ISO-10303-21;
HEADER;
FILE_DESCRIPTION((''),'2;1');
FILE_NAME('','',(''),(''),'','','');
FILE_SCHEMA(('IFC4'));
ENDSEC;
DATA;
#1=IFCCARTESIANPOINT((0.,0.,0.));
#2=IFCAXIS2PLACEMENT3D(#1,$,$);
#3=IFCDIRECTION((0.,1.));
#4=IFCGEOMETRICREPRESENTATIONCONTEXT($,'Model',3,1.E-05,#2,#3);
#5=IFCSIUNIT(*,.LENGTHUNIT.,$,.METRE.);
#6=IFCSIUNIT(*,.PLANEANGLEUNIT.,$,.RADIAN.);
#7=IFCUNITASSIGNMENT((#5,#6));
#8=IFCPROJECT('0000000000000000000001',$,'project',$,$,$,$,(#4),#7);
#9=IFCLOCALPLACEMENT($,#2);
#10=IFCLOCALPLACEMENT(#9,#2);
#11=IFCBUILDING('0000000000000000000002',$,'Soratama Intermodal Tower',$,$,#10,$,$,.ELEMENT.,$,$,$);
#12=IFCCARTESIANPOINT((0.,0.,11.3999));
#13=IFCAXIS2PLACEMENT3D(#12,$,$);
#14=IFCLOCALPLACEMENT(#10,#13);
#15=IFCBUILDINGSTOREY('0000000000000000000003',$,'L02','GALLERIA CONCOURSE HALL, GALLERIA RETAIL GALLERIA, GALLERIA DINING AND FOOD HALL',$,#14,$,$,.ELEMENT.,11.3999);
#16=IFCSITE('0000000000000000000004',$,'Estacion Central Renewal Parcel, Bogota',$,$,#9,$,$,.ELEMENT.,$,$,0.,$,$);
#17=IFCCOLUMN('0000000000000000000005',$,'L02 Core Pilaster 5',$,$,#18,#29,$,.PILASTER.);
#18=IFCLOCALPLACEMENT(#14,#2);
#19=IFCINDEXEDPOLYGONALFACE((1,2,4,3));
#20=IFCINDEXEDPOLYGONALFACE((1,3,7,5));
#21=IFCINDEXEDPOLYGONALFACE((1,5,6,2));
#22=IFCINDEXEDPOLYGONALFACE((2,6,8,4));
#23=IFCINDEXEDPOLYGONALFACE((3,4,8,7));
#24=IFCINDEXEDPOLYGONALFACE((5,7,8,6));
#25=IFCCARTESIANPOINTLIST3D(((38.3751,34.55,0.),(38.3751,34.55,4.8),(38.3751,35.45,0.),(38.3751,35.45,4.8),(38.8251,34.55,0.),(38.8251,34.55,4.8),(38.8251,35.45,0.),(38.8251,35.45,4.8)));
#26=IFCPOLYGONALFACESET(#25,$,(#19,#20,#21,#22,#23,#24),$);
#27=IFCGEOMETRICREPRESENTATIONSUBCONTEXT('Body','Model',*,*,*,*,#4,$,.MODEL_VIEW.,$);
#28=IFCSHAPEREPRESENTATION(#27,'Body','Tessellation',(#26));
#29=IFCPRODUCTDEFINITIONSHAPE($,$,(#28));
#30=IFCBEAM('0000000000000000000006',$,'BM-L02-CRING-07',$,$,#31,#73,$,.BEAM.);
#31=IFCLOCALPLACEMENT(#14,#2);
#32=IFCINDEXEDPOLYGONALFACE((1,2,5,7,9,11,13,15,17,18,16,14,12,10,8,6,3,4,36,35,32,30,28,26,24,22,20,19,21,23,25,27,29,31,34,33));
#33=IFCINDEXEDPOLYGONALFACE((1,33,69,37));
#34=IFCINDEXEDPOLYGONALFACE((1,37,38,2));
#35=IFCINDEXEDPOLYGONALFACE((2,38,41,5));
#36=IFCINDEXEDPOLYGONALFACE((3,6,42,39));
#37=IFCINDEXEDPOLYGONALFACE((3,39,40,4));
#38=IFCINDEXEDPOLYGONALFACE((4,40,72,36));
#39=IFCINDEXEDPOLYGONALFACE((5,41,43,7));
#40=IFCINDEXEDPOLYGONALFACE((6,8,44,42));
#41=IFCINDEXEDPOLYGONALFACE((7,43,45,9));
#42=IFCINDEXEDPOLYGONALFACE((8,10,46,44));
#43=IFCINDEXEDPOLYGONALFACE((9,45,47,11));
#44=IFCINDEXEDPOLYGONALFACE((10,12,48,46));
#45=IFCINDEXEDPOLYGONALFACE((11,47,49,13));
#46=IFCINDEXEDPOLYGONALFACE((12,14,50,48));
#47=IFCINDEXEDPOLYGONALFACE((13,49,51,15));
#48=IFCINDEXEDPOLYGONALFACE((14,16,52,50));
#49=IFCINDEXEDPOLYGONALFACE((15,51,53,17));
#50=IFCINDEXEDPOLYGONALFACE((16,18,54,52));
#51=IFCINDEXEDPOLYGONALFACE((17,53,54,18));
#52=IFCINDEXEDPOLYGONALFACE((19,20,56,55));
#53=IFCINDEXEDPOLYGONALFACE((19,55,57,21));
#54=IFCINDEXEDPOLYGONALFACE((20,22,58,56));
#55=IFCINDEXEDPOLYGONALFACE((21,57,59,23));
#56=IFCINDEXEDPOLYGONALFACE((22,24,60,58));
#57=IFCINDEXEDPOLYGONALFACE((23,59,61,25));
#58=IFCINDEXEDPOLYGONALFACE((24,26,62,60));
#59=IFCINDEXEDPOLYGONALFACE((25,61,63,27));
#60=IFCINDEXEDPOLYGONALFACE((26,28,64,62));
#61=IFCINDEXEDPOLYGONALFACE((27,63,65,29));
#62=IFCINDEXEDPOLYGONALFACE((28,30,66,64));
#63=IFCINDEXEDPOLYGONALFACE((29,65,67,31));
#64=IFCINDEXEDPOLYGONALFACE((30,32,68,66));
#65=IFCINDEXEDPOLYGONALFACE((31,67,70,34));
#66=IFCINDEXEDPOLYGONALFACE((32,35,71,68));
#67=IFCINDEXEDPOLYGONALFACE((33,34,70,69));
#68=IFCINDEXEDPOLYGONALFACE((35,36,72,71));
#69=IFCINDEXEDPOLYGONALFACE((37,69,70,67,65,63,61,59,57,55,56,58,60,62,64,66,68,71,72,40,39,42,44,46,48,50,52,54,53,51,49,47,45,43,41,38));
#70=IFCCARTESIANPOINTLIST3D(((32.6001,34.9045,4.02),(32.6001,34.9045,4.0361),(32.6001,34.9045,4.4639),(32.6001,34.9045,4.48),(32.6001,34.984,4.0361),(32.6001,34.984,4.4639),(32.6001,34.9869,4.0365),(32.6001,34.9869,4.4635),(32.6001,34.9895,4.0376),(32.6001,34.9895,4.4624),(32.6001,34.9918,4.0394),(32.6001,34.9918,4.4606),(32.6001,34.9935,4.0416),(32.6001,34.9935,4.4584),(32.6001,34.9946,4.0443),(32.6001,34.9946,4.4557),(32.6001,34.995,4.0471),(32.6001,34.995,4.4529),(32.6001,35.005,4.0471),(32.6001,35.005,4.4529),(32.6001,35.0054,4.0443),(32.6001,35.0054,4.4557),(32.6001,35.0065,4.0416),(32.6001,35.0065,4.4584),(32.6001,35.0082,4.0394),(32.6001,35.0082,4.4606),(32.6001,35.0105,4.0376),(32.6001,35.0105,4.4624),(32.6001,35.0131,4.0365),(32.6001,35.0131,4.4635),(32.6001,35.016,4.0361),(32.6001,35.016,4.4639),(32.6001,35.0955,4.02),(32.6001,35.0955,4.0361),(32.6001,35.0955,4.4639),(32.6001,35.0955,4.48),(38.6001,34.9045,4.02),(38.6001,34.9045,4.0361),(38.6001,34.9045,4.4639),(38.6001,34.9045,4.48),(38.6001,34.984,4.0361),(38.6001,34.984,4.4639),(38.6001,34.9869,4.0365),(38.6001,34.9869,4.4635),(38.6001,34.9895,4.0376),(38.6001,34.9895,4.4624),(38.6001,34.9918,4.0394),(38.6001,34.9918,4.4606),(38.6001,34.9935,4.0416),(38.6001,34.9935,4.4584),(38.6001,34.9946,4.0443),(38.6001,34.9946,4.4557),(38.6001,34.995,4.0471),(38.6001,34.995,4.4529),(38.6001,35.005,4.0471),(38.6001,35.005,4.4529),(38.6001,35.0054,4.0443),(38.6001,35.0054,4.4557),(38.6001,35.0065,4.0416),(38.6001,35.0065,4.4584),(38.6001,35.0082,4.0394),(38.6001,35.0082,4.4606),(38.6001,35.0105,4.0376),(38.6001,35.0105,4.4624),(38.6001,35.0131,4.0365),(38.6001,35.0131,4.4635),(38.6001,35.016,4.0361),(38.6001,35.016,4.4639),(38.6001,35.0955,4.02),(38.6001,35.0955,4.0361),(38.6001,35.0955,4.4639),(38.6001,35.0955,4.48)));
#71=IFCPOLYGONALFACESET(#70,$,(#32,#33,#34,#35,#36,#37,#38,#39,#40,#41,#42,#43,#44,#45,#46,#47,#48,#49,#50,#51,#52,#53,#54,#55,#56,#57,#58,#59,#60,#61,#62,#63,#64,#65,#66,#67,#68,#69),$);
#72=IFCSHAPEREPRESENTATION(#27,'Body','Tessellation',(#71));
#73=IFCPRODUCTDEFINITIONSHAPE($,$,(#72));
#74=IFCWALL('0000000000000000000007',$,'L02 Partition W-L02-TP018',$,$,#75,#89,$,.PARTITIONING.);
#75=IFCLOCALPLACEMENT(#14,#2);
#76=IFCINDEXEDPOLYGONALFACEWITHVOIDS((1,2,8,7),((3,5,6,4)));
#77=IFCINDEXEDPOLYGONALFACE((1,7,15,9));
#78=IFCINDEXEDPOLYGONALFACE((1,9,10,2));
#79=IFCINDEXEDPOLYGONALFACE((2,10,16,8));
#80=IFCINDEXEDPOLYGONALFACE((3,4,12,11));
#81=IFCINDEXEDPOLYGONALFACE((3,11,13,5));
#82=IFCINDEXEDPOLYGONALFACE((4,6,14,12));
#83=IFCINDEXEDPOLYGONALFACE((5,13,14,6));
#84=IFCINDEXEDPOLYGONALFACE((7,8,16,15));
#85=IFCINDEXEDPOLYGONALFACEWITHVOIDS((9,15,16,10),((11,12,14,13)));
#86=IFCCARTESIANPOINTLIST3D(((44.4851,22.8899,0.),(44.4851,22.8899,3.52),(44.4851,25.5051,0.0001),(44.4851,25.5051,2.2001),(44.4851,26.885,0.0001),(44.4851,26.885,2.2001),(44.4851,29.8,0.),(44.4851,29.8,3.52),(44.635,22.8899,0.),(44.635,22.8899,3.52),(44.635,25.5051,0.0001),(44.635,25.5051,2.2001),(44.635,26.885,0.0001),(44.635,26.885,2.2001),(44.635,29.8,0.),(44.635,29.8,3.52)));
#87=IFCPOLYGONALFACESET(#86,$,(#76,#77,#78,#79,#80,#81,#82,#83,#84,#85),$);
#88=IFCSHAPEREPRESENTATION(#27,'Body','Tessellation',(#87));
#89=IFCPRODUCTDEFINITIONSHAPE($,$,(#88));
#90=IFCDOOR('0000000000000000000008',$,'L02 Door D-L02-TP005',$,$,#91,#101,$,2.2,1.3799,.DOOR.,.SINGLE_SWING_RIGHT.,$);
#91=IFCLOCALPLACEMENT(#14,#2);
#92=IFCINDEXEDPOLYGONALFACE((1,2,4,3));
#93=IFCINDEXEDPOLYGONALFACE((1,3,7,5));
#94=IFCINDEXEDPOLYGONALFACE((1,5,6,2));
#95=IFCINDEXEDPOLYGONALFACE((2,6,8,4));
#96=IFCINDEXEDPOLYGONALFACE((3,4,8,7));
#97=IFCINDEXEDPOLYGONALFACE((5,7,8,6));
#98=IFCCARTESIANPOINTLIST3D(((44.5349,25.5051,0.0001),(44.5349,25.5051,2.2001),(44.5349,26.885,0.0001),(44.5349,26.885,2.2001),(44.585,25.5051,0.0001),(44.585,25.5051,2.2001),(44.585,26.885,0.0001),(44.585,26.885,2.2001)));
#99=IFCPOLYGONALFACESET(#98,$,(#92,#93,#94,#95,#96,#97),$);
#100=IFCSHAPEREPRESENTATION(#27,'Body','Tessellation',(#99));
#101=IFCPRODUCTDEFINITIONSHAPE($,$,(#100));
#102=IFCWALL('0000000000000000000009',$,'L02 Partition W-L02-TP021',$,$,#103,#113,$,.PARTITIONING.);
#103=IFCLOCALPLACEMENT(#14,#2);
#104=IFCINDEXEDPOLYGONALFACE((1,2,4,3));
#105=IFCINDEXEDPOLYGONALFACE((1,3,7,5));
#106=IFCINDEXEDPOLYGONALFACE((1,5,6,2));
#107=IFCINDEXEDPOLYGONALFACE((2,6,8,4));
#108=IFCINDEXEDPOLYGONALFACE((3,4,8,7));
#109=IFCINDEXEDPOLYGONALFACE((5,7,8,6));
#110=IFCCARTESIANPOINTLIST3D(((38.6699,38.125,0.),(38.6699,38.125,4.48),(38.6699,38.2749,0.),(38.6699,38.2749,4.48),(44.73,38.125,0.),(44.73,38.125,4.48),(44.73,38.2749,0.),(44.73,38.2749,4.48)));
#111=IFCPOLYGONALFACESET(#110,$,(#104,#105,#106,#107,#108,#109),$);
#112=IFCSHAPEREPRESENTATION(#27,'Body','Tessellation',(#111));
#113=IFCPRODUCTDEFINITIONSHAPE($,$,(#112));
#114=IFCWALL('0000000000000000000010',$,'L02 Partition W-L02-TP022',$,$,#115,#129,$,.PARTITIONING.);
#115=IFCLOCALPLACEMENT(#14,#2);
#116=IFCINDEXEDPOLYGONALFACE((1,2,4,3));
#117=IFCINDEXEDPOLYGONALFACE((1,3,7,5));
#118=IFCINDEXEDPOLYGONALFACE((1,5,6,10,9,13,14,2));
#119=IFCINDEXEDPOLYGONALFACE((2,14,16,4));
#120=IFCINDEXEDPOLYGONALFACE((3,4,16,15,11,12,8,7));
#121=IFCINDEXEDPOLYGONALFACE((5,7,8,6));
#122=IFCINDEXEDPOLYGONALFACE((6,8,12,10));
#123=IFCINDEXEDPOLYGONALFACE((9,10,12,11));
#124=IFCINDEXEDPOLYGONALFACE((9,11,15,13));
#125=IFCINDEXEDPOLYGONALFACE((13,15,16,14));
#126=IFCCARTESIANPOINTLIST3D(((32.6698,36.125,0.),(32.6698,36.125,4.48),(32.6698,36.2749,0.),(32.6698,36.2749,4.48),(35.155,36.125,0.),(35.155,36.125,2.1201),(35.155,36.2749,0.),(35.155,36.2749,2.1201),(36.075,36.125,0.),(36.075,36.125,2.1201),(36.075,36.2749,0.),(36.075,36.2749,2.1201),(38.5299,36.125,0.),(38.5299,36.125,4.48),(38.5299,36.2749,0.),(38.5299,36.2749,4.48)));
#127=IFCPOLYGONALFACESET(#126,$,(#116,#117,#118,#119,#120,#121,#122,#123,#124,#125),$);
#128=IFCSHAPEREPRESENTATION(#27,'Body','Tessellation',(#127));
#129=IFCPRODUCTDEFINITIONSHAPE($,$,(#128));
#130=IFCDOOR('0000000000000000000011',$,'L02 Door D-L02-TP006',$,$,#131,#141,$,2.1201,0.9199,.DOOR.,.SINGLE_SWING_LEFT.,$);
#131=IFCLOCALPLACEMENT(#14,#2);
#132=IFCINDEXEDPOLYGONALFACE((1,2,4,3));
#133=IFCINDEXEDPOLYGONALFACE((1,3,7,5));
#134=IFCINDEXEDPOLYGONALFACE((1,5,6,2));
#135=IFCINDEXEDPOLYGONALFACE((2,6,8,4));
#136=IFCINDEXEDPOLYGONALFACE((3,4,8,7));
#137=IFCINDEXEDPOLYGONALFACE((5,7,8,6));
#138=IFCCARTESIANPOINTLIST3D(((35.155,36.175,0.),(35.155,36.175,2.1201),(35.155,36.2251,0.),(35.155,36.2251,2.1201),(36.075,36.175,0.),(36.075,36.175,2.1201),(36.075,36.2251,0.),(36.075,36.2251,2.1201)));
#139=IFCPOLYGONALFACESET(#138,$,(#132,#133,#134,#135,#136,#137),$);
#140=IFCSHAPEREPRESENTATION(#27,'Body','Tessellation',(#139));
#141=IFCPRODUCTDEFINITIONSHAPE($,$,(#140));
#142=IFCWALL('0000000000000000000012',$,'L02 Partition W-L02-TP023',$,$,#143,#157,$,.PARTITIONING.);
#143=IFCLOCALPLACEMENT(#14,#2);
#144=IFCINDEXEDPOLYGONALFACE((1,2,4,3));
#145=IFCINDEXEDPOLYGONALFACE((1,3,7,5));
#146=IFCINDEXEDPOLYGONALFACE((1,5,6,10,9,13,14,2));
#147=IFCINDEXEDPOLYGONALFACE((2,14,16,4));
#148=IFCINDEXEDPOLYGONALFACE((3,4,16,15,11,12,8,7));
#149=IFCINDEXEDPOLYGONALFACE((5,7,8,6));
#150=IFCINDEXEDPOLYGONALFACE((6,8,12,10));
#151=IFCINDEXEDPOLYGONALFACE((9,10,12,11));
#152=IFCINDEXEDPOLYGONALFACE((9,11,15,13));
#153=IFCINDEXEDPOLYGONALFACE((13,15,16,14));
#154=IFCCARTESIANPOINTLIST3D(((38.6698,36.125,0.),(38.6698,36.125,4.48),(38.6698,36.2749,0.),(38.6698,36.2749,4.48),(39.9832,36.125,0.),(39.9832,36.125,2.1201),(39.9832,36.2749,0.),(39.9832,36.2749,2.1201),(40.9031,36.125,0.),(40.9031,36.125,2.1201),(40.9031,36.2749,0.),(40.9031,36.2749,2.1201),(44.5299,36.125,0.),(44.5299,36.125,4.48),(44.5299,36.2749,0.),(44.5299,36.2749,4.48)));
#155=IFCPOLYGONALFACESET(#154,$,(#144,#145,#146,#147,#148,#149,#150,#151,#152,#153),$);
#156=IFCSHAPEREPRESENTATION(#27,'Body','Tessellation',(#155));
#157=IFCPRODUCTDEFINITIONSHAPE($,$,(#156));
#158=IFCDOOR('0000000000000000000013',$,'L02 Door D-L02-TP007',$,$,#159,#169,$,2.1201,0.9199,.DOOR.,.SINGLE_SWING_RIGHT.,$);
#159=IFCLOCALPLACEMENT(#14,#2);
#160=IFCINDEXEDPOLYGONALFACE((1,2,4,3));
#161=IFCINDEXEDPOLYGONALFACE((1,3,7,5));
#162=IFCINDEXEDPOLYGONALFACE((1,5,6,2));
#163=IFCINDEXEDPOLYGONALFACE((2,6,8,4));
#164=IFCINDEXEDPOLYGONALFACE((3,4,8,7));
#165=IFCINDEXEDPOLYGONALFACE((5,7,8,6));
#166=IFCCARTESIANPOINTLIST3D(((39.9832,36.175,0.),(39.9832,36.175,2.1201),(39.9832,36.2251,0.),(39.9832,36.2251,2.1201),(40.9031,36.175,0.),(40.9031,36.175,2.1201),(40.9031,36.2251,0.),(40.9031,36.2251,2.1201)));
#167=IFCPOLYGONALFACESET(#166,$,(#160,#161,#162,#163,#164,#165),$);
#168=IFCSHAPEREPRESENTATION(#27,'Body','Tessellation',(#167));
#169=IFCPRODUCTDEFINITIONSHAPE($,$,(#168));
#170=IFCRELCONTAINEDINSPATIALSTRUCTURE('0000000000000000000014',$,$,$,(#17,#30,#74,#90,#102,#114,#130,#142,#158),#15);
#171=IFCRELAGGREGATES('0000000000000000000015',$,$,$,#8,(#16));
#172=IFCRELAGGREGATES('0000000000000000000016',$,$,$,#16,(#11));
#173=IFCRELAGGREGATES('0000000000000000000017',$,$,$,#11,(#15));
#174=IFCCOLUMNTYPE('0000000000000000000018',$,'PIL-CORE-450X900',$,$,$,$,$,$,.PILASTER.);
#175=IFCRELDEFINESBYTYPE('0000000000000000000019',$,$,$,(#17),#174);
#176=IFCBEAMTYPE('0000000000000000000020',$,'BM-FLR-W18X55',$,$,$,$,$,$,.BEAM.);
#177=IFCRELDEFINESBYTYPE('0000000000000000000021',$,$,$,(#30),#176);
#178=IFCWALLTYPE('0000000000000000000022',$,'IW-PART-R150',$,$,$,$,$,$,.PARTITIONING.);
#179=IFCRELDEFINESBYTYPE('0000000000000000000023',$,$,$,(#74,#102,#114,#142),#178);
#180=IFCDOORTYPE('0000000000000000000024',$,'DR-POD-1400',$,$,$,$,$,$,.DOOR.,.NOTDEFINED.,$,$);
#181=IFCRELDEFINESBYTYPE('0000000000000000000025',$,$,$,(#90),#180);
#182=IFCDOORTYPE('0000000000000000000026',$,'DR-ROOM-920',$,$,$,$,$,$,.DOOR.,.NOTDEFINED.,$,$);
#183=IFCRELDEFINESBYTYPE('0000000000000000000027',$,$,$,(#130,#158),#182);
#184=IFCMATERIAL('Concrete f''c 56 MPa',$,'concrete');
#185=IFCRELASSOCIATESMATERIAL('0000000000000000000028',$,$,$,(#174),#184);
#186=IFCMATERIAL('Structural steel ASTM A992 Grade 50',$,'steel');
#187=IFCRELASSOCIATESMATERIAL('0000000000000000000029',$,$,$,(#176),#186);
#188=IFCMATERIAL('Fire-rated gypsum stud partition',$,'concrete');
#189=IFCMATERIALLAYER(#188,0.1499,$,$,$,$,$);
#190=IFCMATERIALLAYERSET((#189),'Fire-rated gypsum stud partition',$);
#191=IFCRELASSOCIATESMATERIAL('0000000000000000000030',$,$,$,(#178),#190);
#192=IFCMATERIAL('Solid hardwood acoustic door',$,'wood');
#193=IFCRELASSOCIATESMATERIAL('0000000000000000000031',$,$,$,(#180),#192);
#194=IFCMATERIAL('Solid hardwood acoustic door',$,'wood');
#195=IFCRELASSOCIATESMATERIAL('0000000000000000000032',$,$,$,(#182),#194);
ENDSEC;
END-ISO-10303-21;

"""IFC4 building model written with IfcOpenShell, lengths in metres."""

from ifc_helpers import new_model, si_unit, direction, frame, frame_2d, origin, origin_2d, place, context, subcontext, project, spatial, rectangle, i_section, extrude, material, layer, layer_set, material_profile, profile_set, type_object, element, fill, save


model = new_model("IFC4")

# Units and contexts
model_context = context("Model", 3, precision=1e-05, world=origin(), true_north=direction((0.0, 1.0)))
body_context = subcontext(model_context, "Body", "Model", "MODEL_VIEW")
ifc_project = project(units=[si_unit("LENGTHUNIT", "METRE"), si_unit("PLANEANGLEUNIT", "RADIAN")], contexts=[model_context])

# Site, building, storey
site_placement = place(None, origin())
site = spatial("IfcSite", under=ifc_project, at=site_placement, Name="Estacion Central Renewal Parcel, Bogota", CompositionType="ELEMENT", RefElevation=0.0)
building_placement = place(site_placement, origin())
building = spatial("IfcBuilding", under=site, at=building_placement, Name="Soratama Intermodal Tower", CompositionType="ELEMENT")
storey_placement = place(building_placement, frame((0.0, 0.0, 11.3999)))
storey = spatial("IfcBuildingStorey", under=building, at=storey_placement, Name="L02", Description="GALLERIA CONCOURSE HALL, GALLERIA RETAIL GALLERIA, GALLERIA DINING AND FOOD HALL", CompositionType="ELEMENT", Elevation=11.3999)

# Column
ifc_material_1 = material(Name="Concrete f'c 56 MPa", Category="concrete")
ifc_material_profile_1 = material_profile(ifc_material_1, rectangle(XDim=0.45, YDim=0.8999, at=origin_2d()), Name="RC450X900")
ifc_profile_set_1 = profile_set([ifc_material_profile_1], Name="Concrete f'c 56 MPa")
column_type = type_object("IfcColumnType", Name="PIL-CORE-450X900", PredefinedType="PILASTER", material=ifc_profile_set_1)
column_placement = place(storey_placement, frame((38.6001, 35.0, 0.0), z_axis=(0.0, 0.0, 1.0), x_axis=(1.0, 0.0, 0.0)))
element("IfcColumn", 1, at=column_placement, inside=storey, type_object=column_type, Name="L02 Core Pilaster 5", PredefinedType="PILASTER", context=body_context, shape_type="SweptSolid", body=[
    extrude(rectangle(XDim=0.45, YDim=0.8999, at=origin_2d()), origin(), (0.0, 0.0, 1.0), 4.8),
])

# Beam
ifc_material_2 = material(Name="Structural steel ASTM A992 Grade 50", Category="steel")
ifc_material_profile_2 = material_profile(ifc_material_2, i_section(OverallWidth=0.1909, OverallDepth=0.46, WebThickness=0.01, FlangeThickness=0.0161, FilletRadius=0.011, at=origin_2d()), Name="W18X55")
ifc_profile_set_2 = profile_set([ifc_material_profile_2], Name="Structural steel ASTM A992 Grade 50")
beam_type = type_object("IfcBeamType", Name="BM-FLR-W18X55", PredefinedType="BEAM", material=ifc_profile_set_2)
beam_placement = place(storey_placement, frame((38.6001, 35.0, 4.25), z_axis=(-1.0, 0.0, 0.0), x_axis=(0.0, -1.0, 0.0)))
element("IfcBeam", 2, at=beam_placement, inside=storey, type_object=beam_type, Name="BM-L02-CRING-07", PredefinedType="BEAM", context=body_context, shape_type="SweptSolid", body=[
    extrude(i_section(OverallWidth=0.1909, OverallDepth=0.46, WebThickness=0.01, FlangeThickness=0.0161, FilletRadius=0.011, at=origin_2d()), origin(), (0.0, 0.0, 1.0), 6.0),
])

# Wall, opening, door
ifc_material_3 = material(Name="Fire-rated gypsum stud partition", Category="concrete")
ifc_layer_1 = layer(ifc_material_3, 0.1499)
ifc_layer_set_1 = layer_set([ifc_layer_1], Name="Fire-rated gypsum stud partition")
wall_type_1 = type_object("IfcWallType", Name="IW-PART-R150", PredefinedType="PARTITIONING", material=ifc_layer_set_1)
wall_1_placement = place(storey_placement, frame((44.5601, 29.8, 0.0), z_axis=(0.0, 0.0, 1.0), x_axis=(0.0, -1.0, 0.0)))
wall_1 = element("IfcWall", 3, at=wall_1_placement, inside=storey, type_object=wall_type_1, Name="L02 Partition W-L02-TP018", PredefinedType="PARTITIONING", context=body_context, shape_type="SweptSolid", body=[
    extrude(rectangle(XDim=6.9102, YDim=0.1499, at=frame_2d((3.4551, 0.0))), origin(), (0.0, 0.0, 1.0), 3.52),
])
opening_1_placement = place(wall_1_placement, frame((2.915, 0.0, 0.0)))
opening_1 = element("IfcOpeningElement", 4, at=opening_1_placement, cuts=wall_1, PredefinedType="OPENING", context=body_context, shape_type="SweptSolid", body=[
    extrude(rectangle(XDim=1.3799, YDim=2.2, at=frame_2d((0.6899, 1.1001))), frame((0.0, 0.085, 0.0), z_axis=(0.0, -1.0, 0.0), x_axis=(1.0, 0.0, 0.0)), (0.0, 0.0, 1.0), 0.1699),
])
ifc_material_4 = material(Name="Solid hardwood acoustic door", Category="wood")
door_type_1 = type_object("IfcDoorType", Name="DR-POD-1400", OperationType="NOTDEFINED", PredefinedType="DOOR", material=ifc_material_4)
door_1_placement = place(opening_1_placement, origin())
door_1 = element("IfcDoor", 5, at=door_1_placement, inside=storey, type_object=door_type_1, Name="L02 Door D-L02-TP005", OperationType="SINGLE_SWING_RIGHT", OverallHeight=2.2, OverallWidth=1.3799, PredefinedType="DOOR", context=body_context, shape_type="SweptSolid", body=[
    extrude(rectangle(XDim=1.3799, YDim=2.2, at=frame_2d((0.6899, 1.1001))), frame((0.0, 0.0249, 0.0), z_axis=(0.0, -1.0, 0.0), x_axis=(1.0, 0.0, 0.0)), (0.0, 0.0, 1.0), 0.05),
])
fill(opening_1, door_1)

# Wall
wall_2_placement = place(storey_placement, frame((38.6699, 38.2, 0.0), z_axis=(0.0, 0.0, 1.0), x_axis=(1.0, 0.0, 0.0)))
element("IfcWall", 6, at=wall_2_placement, inside=storey, type_object=wall_type_1, Name="L02 Partition W-L02-TP021", PredefinedType="PARTITIONING", context=body_context, shape_type="SweptSolid", body=[
    extrude(rectangle(XDim=6.0601, YDim=0.1499, at=frame_2d((3.03, 0.0))), origin(), (0.0, 0.0, 1.0), 4.48),
])

# Walls, openings, doors
wall_3_placement = place(storey_placement, frame((38.53, 36.2, 0.0), z_axis=(0.0, 0.0, 1.0), x_axis=(-1.0, 0.0, 0.0)))
wall_3 = element("IfcWall", 7, at=wall_3_placement, inside=storey, type_object=wall_type_1, Name="L02 Partition W-L02-TP022", PredefinedType="PARTITIONING", context=body_context, shape_type="SweptSolid", body=[
    extrude(rectangle(XDim=5.8601, YDim=0.1499, at=frame_2d((2.9302, 0.0))), origin(), (0.0, 0.0, 1.0), 4.48),
])
opening_2_placement = place(wall_3_placement, frame((2.4551, 0.0, 0.0)))
opening_2 = element("IfcOpeningElement", 8, at=opening_2_placement, cuts=wall_3, PredefinedType="OPENING", context=body_context, shape_type="SweptSolid", body=[
    extrude(rectangle(XDim=0.9199, YDim=2.1201, at=frame_2d((0.46, 1.0601))), frame((0.0, 0.085, 0.0), z_axis=(0.0, -1.0, 0.0), x_axis=(1.0, 0.0, 0.0)), (0.0, 0.0, 1.0), 0.1699),
])
ifc_material_5 = material(Name="Solid hardwood acoustic door", Category="wood")
door_type_2 = type_object("IfcDoorType", Name="DR-ROOM-920", OperationType="NOTDEFINED", PredefinedType="DOOR", material=ifc_material_5)
door_2_placement = place(opening_2_placement, origin())
door_2 = element("IfcDoor", 9, at=door_2_placement, inside=storey, type_object=door_type_2, Name="L02 Door D-L02-TP006", OperationType="SINGLE_SWING_LEFT", OverallHeight=2.1201, OverallWidth=0.9199, PredefinedType="DOOR", context=body_context, shape_type="SweptSolid", body=[
    extrude(rectangle(XDim=0.9199, YDim=2.1201, at=frame_2d((0.46, 1.0601))), frame((0.0, 0.0249, 0.0), z_axis=(0.0, -1.0, 0.0), x_axis=(1.0, 0.0, 0.0)), (0.0, 0.0, 1.0), 0.05),
])
fill(opening_2, door_2)
wall_4_placement = place(storey_placement, frame((44.53, 36.2, 0.0), z_axis=(0.0, 0.0, 1.0), x_axis=(-1.0, 0.0, 0.0)))
wall_4 = element("IfcWall", 10, at=wall_4_placement, inside=storey, type_object=wall_type_1, Name="L02 Partition W-L02-TP023", PredefinedType="PARTITIONING", context=body_context, shape_type="SweptSolid", body=[
    extrude(rectangle(XDim=5.8601, YDim=0.1499, at=frame_2d((2.9302, 0.0))), origin(), (0.0, 0.0, 1.0), 4.48),
])
opening_3_placement = place(wall_4_placement, frame((3.627, 0.0, 0.0)))
opening_3 = element("IfcOpeningElement", 11, at=opening_3_placement, cuts=wall_4, PredefinedType="OPENING", context=body_context, shape_type="SweptSolid", body=[
    extrude(rectangle(XDim=0.9199, YDim=2.1201, at=frame_2d((0.46, 1.0601))), frame((0.0, 0.085, 0.0), z_axis=(0.0, -1.0, 0.0), x_axis=(1.0, 0.0, 0.0)), (0.0, 0.0, 1.0), 0.1699),
])
door_3_placement = place(opening_3_placement, origin())
door_3 = element("IfcDoor", 12, at=door_3_placement, inside=storey, type_object=door_type_2, Name="L02 Door D-L02-TP007", OperationType="SINGLE_SWING_RIGHT", OverallHeight=2.1201, OverallWidth=0.9199, PredefinedType="DOOR", context=body_context, shape_type="SweptSolid", body=[
    extrude(rectangle(XDim=0.9199, YDim=2.1201, at=frame_2d((0.46, 1.0601))), frame((0.0, 0.0249, 0.0), z_axis=(0.0, -1.0, 0.0), x_axis=(1.0, 0.0, 0.0)), (0.0, 0.0, 1.0), 0.05),
])
fill(opening_3, door_3)

save(model, "model.ifc")
